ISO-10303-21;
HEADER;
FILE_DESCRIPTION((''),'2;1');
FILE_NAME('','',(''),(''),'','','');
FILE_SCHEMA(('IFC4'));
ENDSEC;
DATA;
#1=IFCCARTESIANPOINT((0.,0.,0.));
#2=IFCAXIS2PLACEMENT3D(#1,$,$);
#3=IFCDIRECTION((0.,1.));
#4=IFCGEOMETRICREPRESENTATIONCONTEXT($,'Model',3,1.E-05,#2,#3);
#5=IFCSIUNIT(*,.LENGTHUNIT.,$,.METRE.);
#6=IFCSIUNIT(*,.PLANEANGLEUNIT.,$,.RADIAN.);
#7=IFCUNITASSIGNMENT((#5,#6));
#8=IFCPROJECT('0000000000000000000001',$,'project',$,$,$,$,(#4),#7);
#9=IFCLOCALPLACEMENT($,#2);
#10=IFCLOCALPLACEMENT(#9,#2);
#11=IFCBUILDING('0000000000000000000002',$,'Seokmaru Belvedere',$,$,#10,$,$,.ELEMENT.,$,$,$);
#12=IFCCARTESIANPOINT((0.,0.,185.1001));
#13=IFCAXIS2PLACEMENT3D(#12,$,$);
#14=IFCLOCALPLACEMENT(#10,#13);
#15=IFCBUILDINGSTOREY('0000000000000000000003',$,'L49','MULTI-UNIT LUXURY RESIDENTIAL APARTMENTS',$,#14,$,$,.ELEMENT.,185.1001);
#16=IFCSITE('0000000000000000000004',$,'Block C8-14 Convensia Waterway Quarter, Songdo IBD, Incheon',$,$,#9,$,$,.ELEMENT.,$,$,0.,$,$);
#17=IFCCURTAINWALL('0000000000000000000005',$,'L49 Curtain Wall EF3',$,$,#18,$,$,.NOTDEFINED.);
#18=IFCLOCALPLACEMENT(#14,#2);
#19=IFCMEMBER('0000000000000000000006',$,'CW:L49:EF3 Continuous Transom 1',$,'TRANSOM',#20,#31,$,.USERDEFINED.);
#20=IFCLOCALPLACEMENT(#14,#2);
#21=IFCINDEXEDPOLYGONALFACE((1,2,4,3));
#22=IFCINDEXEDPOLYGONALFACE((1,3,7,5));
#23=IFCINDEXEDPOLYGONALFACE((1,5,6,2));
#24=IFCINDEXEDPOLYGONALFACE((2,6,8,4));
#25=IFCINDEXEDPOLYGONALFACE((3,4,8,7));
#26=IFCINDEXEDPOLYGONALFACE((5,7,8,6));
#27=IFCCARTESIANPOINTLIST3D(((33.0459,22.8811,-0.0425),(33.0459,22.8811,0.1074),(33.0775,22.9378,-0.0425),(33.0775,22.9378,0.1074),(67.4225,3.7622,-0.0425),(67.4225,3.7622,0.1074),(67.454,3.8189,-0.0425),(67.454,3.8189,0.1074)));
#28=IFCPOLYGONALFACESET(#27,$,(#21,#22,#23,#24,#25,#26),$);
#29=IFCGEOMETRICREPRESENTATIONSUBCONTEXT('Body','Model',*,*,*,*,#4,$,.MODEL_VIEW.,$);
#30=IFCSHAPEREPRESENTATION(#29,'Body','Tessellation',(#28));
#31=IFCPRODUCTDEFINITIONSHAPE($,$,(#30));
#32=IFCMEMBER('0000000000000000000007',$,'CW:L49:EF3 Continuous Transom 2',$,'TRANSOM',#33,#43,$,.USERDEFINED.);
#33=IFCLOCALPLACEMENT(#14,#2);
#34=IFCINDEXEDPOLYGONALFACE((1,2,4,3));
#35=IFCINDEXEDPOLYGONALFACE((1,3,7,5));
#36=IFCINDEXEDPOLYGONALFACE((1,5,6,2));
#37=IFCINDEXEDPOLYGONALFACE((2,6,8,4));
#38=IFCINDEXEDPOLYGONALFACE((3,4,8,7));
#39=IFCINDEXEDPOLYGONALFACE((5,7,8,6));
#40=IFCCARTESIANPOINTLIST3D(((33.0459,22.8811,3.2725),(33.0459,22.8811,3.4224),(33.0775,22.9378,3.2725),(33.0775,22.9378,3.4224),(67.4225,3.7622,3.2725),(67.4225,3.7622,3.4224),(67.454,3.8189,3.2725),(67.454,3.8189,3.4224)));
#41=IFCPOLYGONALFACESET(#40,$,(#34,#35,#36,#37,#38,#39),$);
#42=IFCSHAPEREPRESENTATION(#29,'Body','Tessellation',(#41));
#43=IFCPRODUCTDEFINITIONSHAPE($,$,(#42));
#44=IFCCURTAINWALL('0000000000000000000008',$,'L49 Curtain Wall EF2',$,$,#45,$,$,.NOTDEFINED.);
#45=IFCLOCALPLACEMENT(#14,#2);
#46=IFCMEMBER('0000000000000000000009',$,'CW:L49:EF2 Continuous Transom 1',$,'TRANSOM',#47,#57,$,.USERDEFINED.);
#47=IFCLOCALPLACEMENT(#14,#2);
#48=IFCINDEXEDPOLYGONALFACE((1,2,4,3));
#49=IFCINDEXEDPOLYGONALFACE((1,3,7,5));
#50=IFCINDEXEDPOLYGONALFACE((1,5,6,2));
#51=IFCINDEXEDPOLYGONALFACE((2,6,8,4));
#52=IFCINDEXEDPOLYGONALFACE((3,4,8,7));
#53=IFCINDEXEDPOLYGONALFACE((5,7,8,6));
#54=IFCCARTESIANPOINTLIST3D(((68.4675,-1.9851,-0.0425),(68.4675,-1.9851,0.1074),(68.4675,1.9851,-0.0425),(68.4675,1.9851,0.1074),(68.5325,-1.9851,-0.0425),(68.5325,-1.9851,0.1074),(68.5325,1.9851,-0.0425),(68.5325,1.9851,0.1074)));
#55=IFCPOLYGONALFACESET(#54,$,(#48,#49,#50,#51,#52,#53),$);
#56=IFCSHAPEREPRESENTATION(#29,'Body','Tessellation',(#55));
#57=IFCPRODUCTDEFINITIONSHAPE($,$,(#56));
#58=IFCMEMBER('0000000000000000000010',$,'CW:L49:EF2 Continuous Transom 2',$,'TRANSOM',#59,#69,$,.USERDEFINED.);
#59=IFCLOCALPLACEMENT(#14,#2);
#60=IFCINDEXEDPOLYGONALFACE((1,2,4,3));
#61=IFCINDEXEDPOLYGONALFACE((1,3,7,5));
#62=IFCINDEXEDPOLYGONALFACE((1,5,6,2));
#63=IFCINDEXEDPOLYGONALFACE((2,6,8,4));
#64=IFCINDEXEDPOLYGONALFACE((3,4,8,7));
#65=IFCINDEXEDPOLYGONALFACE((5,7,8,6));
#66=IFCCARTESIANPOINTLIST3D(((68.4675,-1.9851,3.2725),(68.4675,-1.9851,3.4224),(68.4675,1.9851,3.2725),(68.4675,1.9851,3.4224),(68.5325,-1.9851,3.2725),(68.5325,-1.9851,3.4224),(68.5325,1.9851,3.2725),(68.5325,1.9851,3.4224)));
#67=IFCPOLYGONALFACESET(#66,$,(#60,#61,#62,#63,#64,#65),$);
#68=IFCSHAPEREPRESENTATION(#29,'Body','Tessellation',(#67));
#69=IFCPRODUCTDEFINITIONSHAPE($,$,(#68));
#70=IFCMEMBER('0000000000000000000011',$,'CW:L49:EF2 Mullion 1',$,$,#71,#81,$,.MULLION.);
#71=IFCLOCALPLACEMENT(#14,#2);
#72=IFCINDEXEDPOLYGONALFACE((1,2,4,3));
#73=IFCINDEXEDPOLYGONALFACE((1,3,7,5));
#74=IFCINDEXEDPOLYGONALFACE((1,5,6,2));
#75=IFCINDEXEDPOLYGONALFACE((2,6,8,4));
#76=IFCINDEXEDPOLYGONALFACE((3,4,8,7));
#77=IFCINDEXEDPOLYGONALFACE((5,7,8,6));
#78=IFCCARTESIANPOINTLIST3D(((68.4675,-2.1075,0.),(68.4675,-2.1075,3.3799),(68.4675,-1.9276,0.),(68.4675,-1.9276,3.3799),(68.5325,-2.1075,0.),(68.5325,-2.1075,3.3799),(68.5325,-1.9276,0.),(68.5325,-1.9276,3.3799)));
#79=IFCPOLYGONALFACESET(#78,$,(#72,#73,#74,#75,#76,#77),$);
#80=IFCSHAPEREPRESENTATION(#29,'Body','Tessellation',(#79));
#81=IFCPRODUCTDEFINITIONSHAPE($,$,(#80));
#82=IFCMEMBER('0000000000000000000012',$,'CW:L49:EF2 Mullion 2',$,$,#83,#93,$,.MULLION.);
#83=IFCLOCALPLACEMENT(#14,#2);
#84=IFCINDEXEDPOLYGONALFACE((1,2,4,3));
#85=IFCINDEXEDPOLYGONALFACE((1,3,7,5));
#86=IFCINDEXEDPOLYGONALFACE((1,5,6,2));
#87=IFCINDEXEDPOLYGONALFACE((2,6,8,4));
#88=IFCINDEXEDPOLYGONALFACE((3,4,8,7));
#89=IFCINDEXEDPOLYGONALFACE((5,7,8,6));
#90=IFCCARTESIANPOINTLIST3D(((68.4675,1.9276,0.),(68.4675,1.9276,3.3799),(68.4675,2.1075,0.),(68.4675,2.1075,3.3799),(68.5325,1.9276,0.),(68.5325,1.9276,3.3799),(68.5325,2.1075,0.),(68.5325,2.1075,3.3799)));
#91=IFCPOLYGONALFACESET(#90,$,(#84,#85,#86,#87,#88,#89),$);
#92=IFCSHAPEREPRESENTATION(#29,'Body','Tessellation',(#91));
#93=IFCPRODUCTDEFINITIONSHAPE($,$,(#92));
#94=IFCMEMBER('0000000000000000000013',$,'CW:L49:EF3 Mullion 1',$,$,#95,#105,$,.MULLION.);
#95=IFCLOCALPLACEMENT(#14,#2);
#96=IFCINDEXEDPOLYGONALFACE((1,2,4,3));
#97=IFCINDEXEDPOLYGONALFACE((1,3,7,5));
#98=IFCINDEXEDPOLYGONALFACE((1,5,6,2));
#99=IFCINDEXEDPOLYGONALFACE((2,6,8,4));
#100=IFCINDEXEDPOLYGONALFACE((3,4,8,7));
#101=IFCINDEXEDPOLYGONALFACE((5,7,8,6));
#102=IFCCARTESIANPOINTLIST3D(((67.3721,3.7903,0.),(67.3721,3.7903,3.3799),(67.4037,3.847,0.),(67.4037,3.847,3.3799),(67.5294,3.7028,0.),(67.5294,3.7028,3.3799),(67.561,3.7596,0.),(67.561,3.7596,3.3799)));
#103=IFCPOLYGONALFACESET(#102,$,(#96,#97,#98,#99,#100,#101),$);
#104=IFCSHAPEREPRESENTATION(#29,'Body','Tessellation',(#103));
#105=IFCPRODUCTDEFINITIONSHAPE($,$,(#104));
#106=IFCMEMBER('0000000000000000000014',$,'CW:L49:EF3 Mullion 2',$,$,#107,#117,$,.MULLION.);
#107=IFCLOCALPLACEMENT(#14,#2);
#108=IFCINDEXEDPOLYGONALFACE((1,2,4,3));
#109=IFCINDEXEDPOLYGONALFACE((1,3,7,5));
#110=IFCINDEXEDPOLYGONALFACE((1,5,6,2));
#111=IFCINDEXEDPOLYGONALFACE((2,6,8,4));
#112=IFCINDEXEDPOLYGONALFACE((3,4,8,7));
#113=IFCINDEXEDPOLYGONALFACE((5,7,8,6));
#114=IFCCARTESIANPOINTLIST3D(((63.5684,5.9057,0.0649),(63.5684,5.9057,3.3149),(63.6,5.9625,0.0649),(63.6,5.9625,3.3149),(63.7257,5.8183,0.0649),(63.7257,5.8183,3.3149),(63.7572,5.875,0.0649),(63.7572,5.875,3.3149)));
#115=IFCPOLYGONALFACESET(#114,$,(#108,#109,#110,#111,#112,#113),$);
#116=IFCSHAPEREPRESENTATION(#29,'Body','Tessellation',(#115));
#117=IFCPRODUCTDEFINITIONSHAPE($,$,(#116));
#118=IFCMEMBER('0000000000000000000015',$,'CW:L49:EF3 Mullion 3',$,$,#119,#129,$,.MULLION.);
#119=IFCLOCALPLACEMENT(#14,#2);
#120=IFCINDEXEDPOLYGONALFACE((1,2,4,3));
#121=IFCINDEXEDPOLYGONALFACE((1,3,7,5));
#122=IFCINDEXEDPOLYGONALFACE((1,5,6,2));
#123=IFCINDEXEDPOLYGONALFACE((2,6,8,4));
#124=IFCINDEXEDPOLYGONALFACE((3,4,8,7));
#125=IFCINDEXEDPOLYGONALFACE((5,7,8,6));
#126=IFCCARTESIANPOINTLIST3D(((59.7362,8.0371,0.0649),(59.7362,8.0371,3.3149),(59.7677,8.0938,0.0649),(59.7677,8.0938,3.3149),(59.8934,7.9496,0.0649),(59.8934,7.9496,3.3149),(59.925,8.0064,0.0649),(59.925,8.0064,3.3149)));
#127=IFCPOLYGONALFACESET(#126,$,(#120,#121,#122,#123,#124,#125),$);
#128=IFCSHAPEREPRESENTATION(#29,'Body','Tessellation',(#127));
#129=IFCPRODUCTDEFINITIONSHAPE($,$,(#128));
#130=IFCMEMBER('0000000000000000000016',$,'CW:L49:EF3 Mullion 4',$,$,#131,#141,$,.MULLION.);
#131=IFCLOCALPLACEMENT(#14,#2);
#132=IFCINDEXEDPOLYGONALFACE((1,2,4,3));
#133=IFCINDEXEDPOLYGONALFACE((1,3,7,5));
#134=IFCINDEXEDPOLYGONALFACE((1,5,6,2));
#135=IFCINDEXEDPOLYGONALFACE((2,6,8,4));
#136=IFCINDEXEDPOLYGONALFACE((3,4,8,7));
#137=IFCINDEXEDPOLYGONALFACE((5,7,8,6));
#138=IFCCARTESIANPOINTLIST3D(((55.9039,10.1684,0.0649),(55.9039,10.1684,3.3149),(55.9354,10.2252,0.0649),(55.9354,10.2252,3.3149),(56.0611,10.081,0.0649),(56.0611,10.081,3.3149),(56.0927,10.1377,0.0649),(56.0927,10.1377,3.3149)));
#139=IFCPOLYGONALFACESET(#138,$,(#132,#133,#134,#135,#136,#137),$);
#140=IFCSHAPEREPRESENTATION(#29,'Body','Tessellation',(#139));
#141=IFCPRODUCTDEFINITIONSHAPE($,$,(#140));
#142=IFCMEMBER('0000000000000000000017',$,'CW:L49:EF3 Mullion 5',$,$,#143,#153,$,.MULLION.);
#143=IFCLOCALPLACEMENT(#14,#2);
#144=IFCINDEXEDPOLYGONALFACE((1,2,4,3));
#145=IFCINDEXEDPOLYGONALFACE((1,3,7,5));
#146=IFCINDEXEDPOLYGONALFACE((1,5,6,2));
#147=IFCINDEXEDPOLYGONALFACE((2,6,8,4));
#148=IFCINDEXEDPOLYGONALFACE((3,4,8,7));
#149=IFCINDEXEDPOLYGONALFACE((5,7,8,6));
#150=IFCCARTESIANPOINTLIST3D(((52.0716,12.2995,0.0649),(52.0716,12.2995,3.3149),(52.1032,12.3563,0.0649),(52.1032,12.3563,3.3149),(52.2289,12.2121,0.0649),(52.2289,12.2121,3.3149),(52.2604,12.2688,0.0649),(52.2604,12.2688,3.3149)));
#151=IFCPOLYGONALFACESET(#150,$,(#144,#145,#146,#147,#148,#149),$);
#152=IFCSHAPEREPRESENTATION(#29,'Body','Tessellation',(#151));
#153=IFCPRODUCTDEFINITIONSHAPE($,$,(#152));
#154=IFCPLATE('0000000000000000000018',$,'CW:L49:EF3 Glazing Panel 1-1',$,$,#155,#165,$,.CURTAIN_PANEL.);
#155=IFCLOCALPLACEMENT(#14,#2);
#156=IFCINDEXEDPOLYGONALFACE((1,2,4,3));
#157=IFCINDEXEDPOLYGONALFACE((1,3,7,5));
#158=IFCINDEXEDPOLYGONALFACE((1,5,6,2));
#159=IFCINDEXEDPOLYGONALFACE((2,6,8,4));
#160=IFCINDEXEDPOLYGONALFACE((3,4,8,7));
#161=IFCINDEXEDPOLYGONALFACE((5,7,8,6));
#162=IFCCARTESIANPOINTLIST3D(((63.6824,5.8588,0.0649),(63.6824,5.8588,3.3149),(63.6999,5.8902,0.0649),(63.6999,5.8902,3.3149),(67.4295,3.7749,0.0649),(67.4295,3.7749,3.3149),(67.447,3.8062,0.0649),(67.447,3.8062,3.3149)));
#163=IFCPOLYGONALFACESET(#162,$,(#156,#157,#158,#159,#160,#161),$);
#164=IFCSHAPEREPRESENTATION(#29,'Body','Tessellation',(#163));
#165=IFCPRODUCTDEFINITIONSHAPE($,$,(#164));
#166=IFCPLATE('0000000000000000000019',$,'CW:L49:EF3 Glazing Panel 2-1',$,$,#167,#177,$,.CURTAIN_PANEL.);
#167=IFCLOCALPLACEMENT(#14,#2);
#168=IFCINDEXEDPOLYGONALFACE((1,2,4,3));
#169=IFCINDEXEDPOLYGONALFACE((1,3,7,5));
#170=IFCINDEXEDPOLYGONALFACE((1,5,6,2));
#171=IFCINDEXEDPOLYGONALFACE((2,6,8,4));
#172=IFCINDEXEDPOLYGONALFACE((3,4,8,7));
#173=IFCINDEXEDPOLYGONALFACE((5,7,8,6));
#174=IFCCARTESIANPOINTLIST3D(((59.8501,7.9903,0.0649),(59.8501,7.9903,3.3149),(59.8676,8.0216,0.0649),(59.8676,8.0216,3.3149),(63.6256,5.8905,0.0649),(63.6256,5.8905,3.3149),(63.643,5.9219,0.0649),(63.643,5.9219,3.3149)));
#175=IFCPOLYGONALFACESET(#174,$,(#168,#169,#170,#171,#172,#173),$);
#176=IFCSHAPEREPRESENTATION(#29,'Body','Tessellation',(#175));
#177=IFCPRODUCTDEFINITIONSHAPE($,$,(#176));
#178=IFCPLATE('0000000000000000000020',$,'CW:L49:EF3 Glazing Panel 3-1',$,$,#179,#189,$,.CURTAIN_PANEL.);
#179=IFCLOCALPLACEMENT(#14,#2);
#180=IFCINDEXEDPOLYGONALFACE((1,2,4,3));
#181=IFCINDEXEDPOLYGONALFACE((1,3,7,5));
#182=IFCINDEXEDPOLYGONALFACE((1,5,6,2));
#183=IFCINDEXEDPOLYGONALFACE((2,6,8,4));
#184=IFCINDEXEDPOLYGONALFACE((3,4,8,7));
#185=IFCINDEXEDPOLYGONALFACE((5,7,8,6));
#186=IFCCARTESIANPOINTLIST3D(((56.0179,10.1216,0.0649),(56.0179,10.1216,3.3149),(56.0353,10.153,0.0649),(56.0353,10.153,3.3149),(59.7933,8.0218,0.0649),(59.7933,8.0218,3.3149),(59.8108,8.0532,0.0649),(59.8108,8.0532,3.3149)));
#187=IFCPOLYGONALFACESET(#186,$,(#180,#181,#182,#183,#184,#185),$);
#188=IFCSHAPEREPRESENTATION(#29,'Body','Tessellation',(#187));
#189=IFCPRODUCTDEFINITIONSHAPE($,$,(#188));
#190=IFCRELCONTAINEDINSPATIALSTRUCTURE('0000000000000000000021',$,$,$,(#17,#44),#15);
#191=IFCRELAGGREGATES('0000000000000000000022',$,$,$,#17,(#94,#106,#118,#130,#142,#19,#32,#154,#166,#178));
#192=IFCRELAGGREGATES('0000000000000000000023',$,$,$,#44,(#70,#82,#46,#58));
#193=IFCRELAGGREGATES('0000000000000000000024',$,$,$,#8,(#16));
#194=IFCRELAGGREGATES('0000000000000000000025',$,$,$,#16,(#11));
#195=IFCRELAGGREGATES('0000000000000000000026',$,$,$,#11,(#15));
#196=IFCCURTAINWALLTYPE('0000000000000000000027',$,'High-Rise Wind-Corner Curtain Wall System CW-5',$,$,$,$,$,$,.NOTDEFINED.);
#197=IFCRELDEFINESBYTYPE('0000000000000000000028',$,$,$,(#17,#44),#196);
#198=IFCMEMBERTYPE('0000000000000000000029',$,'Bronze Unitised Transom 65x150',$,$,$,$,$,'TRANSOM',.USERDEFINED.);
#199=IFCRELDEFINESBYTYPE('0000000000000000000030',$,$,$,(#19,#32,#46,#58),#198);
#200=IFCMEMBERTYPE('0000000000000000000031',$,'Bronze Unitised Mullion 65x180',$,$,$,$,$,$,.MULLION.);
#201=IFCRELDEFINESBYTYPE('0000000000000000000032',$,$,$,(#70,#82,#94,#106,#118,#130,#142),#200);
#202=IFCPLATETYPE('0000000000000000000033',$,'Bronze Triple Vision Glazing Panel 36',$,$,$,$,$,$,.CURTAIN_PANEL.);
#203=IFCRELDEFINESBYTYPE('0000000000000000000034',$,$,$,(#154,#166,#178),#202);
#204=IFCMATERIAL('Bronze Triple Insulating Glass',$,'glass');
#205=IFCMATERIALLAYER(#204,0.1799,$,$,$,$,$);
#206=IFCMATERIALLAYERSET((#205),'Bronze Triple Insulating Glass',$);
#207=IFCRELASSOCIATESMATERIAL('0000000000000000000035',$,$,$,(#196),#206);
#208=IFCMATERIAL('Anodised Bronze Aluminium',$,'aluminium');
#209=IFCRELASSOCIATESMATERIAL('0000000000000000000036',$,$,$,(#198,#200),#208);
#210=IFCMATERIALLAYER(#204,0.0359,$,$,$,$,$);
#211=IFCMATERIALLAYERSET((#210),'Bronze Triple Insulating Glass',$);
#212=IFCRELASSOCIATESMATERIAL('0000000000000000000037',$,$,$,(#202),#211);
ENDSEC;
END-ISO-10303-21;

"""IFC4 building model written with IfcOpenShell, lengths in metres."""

from ifc_helpers import new_model, si_unit, direction, frame, origin, origin_2d, place, context, subcontext, project, spatial, rectangle, extrude, source, transform, mapped, material, layer, layer_set, material_profile, profile_set, type_object, type_shapes, element, aggregate, save


model = new_model("IFC4")

# Units and contexts
model_context = context("Model", 3, precision=1e-05, world=origin(), true_north=direction((0.0, 1.0)))
body_context = subcontext(model_context, "Body", "Model", "MODEL_VIEW")
ifc_project = project(units=[si_unit("LENGTHUNIT", "METRE"), si_unit("PLANEANGLEUNIT", "RADIAN")], contexts=[model_context])

# Site, building, storey
site_placement = place(None, origin())
site = spatial("IfcSite", under=ifc_project, at=site_placement, Name="Block C8-14 Convensia Waterway Quarter, Songdo IBD, Incheon", CompositionType="ELEMENT", RefElevation=0.0)
building_placement = place(site_placement, origin())
building = spatial("IfcBuilding", under=site, at=building_placement, Name="Seokmaru Belvedere", CompositionType="ELEMENT")
storey_placement = place(building_placement, frame((0.0, 0.0, 185.1001)))
storey = spatial("IfcBuildingStorey", under=building, at=storey_placement, Name="L49", Description="MULTI-UNIT LUXURY RESIDENTIAL APARTMENTS", CompositionType="ELEMENT", Elevation=185.1001)

# Curtain walls, members
ifc_material_1 = material(Name="Bronze Triple Insulating Glass", Category="glass")
ifc_layer_1 = layer(ifc_material_1, 0.1799)
ifc_layer_set_1 = layer_set([ifc_layer_1], Name="Bronze Triple Insulating Glass")
curtain_wall_type = type_object("IfcCurtainWallType", Name="High-Rise Wind-Corner Curtain Wall System CW-5", PredefinedType="NOTDEFINED", material=ifc_layer_set_1)
curtain_wall_1_placement = place(storey_placement, origin())
curtain_wall_1 = element("IfcCurtainWall", 1, at=curtain_wall_1_placement, inside=storey, type_object=curtain_wall_type, Name="L49 Curtain Wall EF3", PredefinedType="NOTDEFINED")
ifc_material_2 = material(Name="Anodised Bronze Aluminium", Category="aluminium")
ifc_material_profile_1 = material_profile(ifc_material_2, rectangle(XDim=0.0649, YDim=0.1499, at=origin_2d()), Name="CW-T-65x150")
ifc_profile_set_1 = profile_set([ifc_material_profile_1], Name="Anodised Bronze Aluminium")
member_type_1 = type_object("IfcMemberType", Name="Bronze Unitised Transom 65x150", ElementType="TRANSOM", PredefinedType="USERDEFINED", material=ifc_profile_set_1)
shared_shape_1 = source(origin(), body_context, "Body", "SweptSolid", [
    extrude(rectangle(XDim=0.0649, YDim=0.1499, at=origin_2d()), origin(), (0.0, 0.0, 1.0), 39.3354),
])
member_1_placement = place(storey_placement, frame((67.4382, 3.7905, 0.0325), z_axis=(-0.873932, 0.486048, 0.0), x_axis=(-0.486048, -0.873932, 0.0)))
member_1 = element("IfcMember", 2, at=member_1_placement, type_object=member_type_1, Name="CW:L49:EF3 Continuous Transom 1", ObjectType="TRANSOM", PredefinedType="USERDEFINED", context=body_context, shape_type="MappedRepresentation", body=[
    mapped(shared_shape_1, transform((0.0, 0.0, 0.0), scale=1.0)),
])
member_2_placement = place(storey_placement, frame((67.4382, 3.7905, 3.3474), z_axis=(-0.873932, 0.486048, 0.0), x_axis=(-0.486048, -0.873932, 0.0)))
member_2 = element("IfcMember", 3, at=member_2_placement, type_object=member_type_1, Name="CW:L49:EF3 Continuous Transom 2", ObjectType="TRANSOM", PredefinedType="USERDEFINED", context=body_context, shape_type="MappedRepresentation", body=[
    mapped(shared_shape_1, transform((0.0, 0.0, 0.0), scale=1.0)),
])
curtain_wall_2_placement = place(storey_placement, origin())
curtain_wall_2 = element("IfcCurtainWall", 4, at=curtain_wall_2_placement, inside=storey, type_object=curtain_wall_type, Name="L49 Curtain Wall EF2", PredefinedType="NOTDEFINED")
shared_shape_2 = source(origin(), body_context, "Body", "SweptSolid", [
    extrude(rectangle(XDim=0.0649, YDim=0.1499, at=origin_2d()), origin(), (0.0, 0.0, 1.0), 3.9702),
])
type_shapes(member_type_1, [shared_shape_1, shared_shape_2])
member_3_placement = place(storey_placement, frame((68.5, -1.9851, 0.0325), z_axis=(0.0, 1.0, 0.0), x_axis=(-1.0, 0.0, 0.0)))
member_3 = element("IfcMember", 5, at=member_3_placement, type_object=member_type_1, Name="CW:L49:EF2 Continuous Transom 1", ObjectType="TRANSOM", PredefinedType="USERDEFINED", context=body_context, shape_type="MappedRepresentation", body=[
    mapped(shared_shape_2, transform((0.0, 0.0, 0.0), scale=1.0)),
])
member_4_placement = place(storey_placement, frame((68.5, -1.9851, 3.3474), z_axis=(0.0, 1.0, 0.0), x_axis=(-1.0, 0.0, 0.0)))
member_4 = element("IfcMember", 6, at=member_4_placement, type_object=member_type_1, Name="CW:L49:EF2 Continuous Transom 2", ObjectType="TRANSOM", PredefinedType="USERDEFINED", context=body_context, shape_type="MappedRepresentation", body=[
    mapped(shared_shape_2, transform((0.0, 0.0, 0.0), scale=1.0)),
])
ifc_material_profile_2 = material_profile(ifc_material_2, rectangle(XDim=0.0649, YDim=0.1799, at=origin_2d()), Name="CW-M-65x180")
ifc_profile_set_2 = profile_set([ifc_material_profile_2], Name="Anodised Bronze Aluminium")
member_type_2 = type_object("IfcMemberType", Name="Bronze Unitised Mullion 65x180", PredefinedType="MULLION", material=ifc_profile_set_2)
shared_shape_3 = source(origin(), body_context, "Body", "SweptSolid", [
    extrude(rectangle(XDim=0.0649, YDim=0.1799, at=origin_2d()), origin(), (0.0, 0.0, 1.0), 3.3799),
])
member_5_placement = place(storey_placement, frame((68.5, -2.0176, 0.0), z_axis=(0.0, 0.0, 1.0), x_axis=(-1.0, 0.0, 0.0)))
member_5 = element("IfcMember", 7, at=member_5_placement, type_object=member_type_2, Name="CW:L49:EF2 Mullion 1", PredefinedType="MULLION", context=body_context, shape_type="MappedRepresentation", body=[
    mapped(shared_shape_3, transform((0.0, 0.0, 0.0), scale=1.0)),
])
member_6_placement = place(storey_placement, frame((68.5, 2.0176, 0.0), z_axis=(0.0, 0.0, 1.0), x_axis=(-1.0, 0.0, 0.0)))
member_6 = element("IfcMember", 8, at=member_6_placement, type_object=member_type_2, Name="CW:L49:EF2 Mullion 2", PredefinedType="MULLION", context=body_context, shape_type="MappedRepresentation", body=[
    mapped(shared_shape_3, transform((0.0, 0.0, 0.0), scale=1.0)),
])

# Members
member_7_placement = place(storey_placement, frame((67.4666, 3.7749, 0.0), z_axis=(0.0, 0.0, 1.0), x_axis=(-0.486047, -0.873933, 0.0)))
member_7 = element("IfcMember", 9, at=member_7_placement, type_object=member_type_2, Name="CW:L49:EF3 Mullion 1", PredefinedType="MULLION", context=body_context, shape_type="MappedRepresentation", body=[
    mapped(shared_shape_3, transform((0.0, 0.0, 0.0), scale=1.0)),
])
shared_shape_4 = source(origin(), body_context, "Body", "SweptSolid", [
    extrude(rectangle(XDim=0.0649, YDim=0.1799, at=origin_2d()), origin(), (0.0, 0.0, 1.0), 3.25),
])
type_shapes(member_type_2, [shared_shape_3, shared_shape_4])
member_8_placement = place(storey_placement, frame((63.6628, 5.8904, 0.0649), z_axis=(0.0, 0.0, 1.0), x_axis=(-0.486047, -0.873933, 0.0)))
member_8 = element("IfcMember", 10, at=member_8_placement, type_object=member_type_2, Name="CW:L49:EF3 Mullion 2", PredefinedType="MULLION", context=body_context, shape_type="MappedRepresentation", body=[
    mapped(shared_shape_4, transform((0.0, 0.0, 0.0), scale=1.0)),
])
member_9_placement = place(storey_placement, frame((59.8306, 8.0217, 0.0649), z_axis=(0.0, 0.0, 1.0), x_axis=(-0.486047, -0.873933, 0.0)))
member_9 = element("IfcMember", 11, at=member_9_placement, type_object=member_type_2, Name="CW:L49:EF3 Mullion 3", PredefinedType="MULLION", context=body_context, shape_type="MappedRepresentation", body=[
    mapped(shared_shape_4, transform((0.0, 0.0, 0.0), scale=1.0)),
])
member_10_placement = place(storey_placement, frame((55.9983, 10.1531, 0.0649), z_axis=(0.0, 0.0, 1.0), x_axis=(-0.486047, -0.873933, 0.0)))
member_10 = element("IfcMember", 12, at=member_10_placement, type_object=member_type_2, Name="CW:L49:EF3 Mullion 4", PredefinedType="MULLION", context=body_context, shape_type="MappedRepresentation", body=[
    mapped(shared_shape_4, transform((0.0, 0.0, 0.0), scale=1.0)),
])
member_11_placement = place(storey_placement, frame((52.166, 12.2842, 0.0649), z_axis=(0.0, 0.0, 1.0), x_axis=(-0.486047, -0.873933, 0.0)))
member_11 = element("IfcMember", 13, at=member_11_placement, type_object=member_type_2, Name="CW:L49:EF3 Mullion 5", PredefinedType="MULLION", context=body_context, shape_type="MappedRepresentation", body=[
    mapped(shared_shape_4, transform((0.0, 0.0, 0.0), scale=1.0)),
])

# Plates
ifc_layer_2 = layer(ifc_material_1, 0.0359)
ifc_layer_set_2 = layer_set([ifc_layer_2], Name="Bronze Triple Insulating Glass")
plate_type = type_object("IfcPlateType", Name="Bronze Triple Vision Glazing Panel 36", PredefinedType="CURTAIN_PANEL", material=ifc_layer_set_2)
shared_shape_5 = source(origin(), body_context, "Body", "SweptSolid", [
    extrude(rectangle(XDim=4.2876, YDim=0.0359, at=origin_2d()), origin(), (0.0, 0.0, 1.0), 3.25),
])
plate_1_placement = place(storey_placement, frame((65.5647, 4.8325, 0.0649), z_axis=(0.0, 0.0, 1.0), x_axis=(-0.873933, 0.486047, 0.0)))
plate_1 = element("IfcPlate", 14, at=plate_1_placement, type_object=plate_type, Name="CW:L49:EF3 Glazing Panel 1-1", PredefinedType="CURTAIN_PANEL", context=body_context, shape_type="MappedRepresentation", body=[
    mapped(shared_shape_5, transform((0.0, 0.0, 0.0), scale=1.0)),
])
shared_shape_6 = source(origin(), body_context, "Body", "SweptSolid", [
    extrude(rectangle(XDim=4.3201, YDim=0.0359, at=origin_2d()), origin(), (0.0, 0.0, 1.0), 3.25),
])
plate_2_placement = place(storey_placement, frame((61.7466, 6.9561, 0.0649), z_axis=(0.0, 0.0, 1.0), x_axis=(-0.873933, 0.486047, 0.0)))
plate_2 = element("IfcPlate", 15, at=plate_2_placement, type_object=plate_type, Name="CW:L49:EF3 Glazing Panel 2-1", PredefinedType="CURTAIN_PANEL", context=body_context, shape_type="MappedRepresentation", body=[
    mapped(shared_shape_6, transform((0.0, 0.0, 0.0), scale=1.0)),
])
plate_3_placement = place(storey_placement, frame((57.9143, 9.0874, 0.0649), z_axis=(0.0, 0.0, 1.0), x_axis=(-0.873933, 0.486047, 0.0)))
plate_3 = element("IfcPlate", 16, at=plate_3_placement, type_object=plate_type, Name="CW:L49:EF3 Glazing Panel 3-1", PredefinedType="CURTAIN_PANEL", context=body_context, shape_type="MappedRepresentation", body=[
    mapped(shared_shape_6, transform((0.0, 0.0, 0.0), scale=1.0)),
])
aggregate(curtain_wall_1, [member_7, member_8, member_9, member_10, member_11, member_1, member_2, plate_1, plate_2, plate_3])
aggregate(curtain_wall_2, [member_5, member_6, member_3, member_4])

save(model, "model.ifc")
